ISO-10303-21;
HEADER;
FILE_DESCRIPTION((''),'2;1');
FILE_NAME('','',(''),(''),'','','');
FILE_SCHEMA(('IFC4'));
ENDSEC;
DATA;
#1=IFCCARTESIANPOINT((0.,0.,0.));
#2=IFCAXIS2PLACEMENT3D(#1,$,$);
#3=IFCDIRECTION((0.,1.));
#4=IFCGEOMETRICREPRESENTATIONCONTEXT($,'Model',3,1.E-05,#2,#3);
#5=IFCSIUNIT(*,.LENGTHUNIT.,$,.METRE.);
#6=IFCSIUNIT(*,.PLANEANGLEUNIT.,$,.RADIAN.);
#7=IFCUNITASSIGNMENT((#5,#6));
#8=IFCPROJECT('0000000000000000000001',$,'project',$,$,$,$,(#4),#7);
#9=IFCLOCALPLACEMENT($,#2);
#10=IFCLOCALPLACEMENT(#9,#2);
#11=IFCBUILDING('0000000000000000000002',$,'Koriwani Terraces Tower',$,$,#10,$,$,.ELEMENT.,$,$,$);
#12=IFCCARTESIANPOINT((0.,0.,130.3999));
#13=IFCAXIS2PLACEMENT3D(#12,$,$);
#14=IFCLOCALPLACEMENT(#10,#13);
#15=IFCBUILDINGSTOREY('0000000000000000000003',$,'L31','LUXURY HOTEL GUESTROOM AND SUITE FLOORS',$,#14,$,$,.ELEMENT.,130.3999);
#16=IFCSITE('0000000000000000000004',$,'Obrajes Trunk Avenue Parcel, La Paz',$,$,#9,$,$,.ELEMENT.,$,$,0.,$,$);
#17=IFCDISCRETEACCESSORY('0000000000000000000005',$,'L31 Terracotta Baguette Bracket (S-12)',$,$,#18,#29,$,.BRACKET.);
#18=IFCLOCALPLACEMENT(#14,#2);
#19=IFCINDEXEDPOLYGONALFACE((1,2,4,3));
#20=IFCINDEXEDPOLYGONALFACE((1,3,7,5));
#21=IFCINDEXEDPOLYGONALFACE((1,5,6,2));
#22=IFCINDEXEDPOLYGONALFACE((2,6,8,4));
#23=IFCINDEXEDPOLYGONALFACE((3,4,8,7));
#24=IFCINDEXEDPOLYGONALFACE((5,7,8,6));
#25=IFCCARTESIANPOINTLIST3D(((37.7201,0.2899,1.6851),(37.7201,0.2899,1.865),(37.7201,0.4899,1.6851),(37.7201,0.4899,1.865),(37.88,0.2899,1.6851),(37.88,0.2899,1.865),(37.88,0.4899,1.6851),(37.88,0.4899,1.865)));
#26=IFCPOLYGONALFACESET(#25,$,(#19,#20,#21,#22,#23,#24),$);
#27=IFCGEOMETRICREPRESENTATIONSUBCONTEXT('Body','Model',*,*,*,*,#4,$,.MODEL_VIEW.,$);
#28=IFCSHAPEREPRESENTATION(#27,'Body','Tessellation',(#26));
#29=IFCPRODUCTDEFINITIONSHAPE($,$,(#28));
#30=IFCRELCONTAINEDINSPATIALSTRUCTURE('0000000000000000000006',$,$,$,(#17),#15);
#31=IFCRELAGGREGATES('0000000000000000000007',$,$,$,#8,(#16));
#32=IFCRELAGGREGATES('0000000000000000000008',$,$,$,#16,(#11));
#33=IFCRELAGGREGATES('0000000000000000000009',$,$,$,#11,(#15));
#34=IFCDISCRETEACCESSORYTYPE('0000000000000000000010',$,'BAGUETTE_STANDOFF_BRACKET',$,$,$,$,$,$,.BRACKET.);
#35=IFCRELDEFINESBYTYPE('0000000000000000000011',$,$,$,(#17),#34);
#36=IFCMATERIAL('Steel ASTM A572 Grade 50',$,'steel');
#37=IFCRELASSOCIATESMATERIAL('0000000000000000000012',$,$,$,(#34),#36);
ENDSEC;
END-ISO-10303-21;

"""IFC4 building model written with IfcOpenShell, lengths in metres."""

from ifc_helpers import new_model, si_unit, direction, frame, origin, origin_2d, place, context, subcontext, project, spatial, rectangle, extrude, material, type_object, element, save


model = new_model("IFC4")

# Units and contexts
model_context = context("Model", 3, precision=1e-05, world=origin(), true_north=direction((0.0, 1.0)))
body_context = subcontext(model_context, "Body", "Model", "MODEL_VIEW")
ifc_project = project(units=[si_unit("LENGTHUNIT", "METRE"), si_unit("PLANEANGLEUNIT", "RADIAN")], contexts=[model_context])

# Site, building, storey
site_placement = place(None, origin())
site = spatial("IfcSite", under=ifc_project, at=site_placement, Name="Obrajes Trunk Avenue Parcel, La Paz", CompositionType="ELEMENT", RefElevation=0.0)
building_placement = place(site_placement, origin())
building = spatial("IfcBuilding", under=site, at=building_placement, Name="Koriwani Terraces Tower", CompositionType="ELEMENT")
storey_placement = place(building_placement, frame((0.0, 0.0, 130.3999)))
storey = spatial("IfcBuildingStorey", under=building, at=storey_placement, Name="L31", Description="LUXURY HOTEL GUESTROOM AND SUITE FLOORS", CompositionType="ELEMENT", Elevation=130.3999)

# Shared definitions
ifc_material_1 = material(Name="Steel ASTM A572 Grade 50", Category="steel")

# Discrete accessory
discrete_accessory_type = type_object("IfcDiscreteAccessoryType", Name="BAGUETTE_STANDOFF_BRACKET", PredefinedType="BRACKET", material=ifc_material_1)
discrete_accessory_placement = place(storey_placement, frame((37.8, 0.3899, 1.6851), z_axis=(0.0, 0.0, 1.0), x_axis=(-1.0, 0.0, 0.0)))
element("IfcDiscreteAccessory", 1, at=discrete_accessory_placement, inside=storey, type_object=discrete_accessory_type, Name="L31 Terracotta Baguette Bracket (S-12)", PredefinedType="BRACKET", context=body_context, shape_type="SweptSolid", body=[
    extrude(rectangle(XDim=0.1599, YDim=0.2, at=origin_2d()), origin(), (0.0, 0.0, 1.0), 0.1799),
])

save(model, "model.ifc")
